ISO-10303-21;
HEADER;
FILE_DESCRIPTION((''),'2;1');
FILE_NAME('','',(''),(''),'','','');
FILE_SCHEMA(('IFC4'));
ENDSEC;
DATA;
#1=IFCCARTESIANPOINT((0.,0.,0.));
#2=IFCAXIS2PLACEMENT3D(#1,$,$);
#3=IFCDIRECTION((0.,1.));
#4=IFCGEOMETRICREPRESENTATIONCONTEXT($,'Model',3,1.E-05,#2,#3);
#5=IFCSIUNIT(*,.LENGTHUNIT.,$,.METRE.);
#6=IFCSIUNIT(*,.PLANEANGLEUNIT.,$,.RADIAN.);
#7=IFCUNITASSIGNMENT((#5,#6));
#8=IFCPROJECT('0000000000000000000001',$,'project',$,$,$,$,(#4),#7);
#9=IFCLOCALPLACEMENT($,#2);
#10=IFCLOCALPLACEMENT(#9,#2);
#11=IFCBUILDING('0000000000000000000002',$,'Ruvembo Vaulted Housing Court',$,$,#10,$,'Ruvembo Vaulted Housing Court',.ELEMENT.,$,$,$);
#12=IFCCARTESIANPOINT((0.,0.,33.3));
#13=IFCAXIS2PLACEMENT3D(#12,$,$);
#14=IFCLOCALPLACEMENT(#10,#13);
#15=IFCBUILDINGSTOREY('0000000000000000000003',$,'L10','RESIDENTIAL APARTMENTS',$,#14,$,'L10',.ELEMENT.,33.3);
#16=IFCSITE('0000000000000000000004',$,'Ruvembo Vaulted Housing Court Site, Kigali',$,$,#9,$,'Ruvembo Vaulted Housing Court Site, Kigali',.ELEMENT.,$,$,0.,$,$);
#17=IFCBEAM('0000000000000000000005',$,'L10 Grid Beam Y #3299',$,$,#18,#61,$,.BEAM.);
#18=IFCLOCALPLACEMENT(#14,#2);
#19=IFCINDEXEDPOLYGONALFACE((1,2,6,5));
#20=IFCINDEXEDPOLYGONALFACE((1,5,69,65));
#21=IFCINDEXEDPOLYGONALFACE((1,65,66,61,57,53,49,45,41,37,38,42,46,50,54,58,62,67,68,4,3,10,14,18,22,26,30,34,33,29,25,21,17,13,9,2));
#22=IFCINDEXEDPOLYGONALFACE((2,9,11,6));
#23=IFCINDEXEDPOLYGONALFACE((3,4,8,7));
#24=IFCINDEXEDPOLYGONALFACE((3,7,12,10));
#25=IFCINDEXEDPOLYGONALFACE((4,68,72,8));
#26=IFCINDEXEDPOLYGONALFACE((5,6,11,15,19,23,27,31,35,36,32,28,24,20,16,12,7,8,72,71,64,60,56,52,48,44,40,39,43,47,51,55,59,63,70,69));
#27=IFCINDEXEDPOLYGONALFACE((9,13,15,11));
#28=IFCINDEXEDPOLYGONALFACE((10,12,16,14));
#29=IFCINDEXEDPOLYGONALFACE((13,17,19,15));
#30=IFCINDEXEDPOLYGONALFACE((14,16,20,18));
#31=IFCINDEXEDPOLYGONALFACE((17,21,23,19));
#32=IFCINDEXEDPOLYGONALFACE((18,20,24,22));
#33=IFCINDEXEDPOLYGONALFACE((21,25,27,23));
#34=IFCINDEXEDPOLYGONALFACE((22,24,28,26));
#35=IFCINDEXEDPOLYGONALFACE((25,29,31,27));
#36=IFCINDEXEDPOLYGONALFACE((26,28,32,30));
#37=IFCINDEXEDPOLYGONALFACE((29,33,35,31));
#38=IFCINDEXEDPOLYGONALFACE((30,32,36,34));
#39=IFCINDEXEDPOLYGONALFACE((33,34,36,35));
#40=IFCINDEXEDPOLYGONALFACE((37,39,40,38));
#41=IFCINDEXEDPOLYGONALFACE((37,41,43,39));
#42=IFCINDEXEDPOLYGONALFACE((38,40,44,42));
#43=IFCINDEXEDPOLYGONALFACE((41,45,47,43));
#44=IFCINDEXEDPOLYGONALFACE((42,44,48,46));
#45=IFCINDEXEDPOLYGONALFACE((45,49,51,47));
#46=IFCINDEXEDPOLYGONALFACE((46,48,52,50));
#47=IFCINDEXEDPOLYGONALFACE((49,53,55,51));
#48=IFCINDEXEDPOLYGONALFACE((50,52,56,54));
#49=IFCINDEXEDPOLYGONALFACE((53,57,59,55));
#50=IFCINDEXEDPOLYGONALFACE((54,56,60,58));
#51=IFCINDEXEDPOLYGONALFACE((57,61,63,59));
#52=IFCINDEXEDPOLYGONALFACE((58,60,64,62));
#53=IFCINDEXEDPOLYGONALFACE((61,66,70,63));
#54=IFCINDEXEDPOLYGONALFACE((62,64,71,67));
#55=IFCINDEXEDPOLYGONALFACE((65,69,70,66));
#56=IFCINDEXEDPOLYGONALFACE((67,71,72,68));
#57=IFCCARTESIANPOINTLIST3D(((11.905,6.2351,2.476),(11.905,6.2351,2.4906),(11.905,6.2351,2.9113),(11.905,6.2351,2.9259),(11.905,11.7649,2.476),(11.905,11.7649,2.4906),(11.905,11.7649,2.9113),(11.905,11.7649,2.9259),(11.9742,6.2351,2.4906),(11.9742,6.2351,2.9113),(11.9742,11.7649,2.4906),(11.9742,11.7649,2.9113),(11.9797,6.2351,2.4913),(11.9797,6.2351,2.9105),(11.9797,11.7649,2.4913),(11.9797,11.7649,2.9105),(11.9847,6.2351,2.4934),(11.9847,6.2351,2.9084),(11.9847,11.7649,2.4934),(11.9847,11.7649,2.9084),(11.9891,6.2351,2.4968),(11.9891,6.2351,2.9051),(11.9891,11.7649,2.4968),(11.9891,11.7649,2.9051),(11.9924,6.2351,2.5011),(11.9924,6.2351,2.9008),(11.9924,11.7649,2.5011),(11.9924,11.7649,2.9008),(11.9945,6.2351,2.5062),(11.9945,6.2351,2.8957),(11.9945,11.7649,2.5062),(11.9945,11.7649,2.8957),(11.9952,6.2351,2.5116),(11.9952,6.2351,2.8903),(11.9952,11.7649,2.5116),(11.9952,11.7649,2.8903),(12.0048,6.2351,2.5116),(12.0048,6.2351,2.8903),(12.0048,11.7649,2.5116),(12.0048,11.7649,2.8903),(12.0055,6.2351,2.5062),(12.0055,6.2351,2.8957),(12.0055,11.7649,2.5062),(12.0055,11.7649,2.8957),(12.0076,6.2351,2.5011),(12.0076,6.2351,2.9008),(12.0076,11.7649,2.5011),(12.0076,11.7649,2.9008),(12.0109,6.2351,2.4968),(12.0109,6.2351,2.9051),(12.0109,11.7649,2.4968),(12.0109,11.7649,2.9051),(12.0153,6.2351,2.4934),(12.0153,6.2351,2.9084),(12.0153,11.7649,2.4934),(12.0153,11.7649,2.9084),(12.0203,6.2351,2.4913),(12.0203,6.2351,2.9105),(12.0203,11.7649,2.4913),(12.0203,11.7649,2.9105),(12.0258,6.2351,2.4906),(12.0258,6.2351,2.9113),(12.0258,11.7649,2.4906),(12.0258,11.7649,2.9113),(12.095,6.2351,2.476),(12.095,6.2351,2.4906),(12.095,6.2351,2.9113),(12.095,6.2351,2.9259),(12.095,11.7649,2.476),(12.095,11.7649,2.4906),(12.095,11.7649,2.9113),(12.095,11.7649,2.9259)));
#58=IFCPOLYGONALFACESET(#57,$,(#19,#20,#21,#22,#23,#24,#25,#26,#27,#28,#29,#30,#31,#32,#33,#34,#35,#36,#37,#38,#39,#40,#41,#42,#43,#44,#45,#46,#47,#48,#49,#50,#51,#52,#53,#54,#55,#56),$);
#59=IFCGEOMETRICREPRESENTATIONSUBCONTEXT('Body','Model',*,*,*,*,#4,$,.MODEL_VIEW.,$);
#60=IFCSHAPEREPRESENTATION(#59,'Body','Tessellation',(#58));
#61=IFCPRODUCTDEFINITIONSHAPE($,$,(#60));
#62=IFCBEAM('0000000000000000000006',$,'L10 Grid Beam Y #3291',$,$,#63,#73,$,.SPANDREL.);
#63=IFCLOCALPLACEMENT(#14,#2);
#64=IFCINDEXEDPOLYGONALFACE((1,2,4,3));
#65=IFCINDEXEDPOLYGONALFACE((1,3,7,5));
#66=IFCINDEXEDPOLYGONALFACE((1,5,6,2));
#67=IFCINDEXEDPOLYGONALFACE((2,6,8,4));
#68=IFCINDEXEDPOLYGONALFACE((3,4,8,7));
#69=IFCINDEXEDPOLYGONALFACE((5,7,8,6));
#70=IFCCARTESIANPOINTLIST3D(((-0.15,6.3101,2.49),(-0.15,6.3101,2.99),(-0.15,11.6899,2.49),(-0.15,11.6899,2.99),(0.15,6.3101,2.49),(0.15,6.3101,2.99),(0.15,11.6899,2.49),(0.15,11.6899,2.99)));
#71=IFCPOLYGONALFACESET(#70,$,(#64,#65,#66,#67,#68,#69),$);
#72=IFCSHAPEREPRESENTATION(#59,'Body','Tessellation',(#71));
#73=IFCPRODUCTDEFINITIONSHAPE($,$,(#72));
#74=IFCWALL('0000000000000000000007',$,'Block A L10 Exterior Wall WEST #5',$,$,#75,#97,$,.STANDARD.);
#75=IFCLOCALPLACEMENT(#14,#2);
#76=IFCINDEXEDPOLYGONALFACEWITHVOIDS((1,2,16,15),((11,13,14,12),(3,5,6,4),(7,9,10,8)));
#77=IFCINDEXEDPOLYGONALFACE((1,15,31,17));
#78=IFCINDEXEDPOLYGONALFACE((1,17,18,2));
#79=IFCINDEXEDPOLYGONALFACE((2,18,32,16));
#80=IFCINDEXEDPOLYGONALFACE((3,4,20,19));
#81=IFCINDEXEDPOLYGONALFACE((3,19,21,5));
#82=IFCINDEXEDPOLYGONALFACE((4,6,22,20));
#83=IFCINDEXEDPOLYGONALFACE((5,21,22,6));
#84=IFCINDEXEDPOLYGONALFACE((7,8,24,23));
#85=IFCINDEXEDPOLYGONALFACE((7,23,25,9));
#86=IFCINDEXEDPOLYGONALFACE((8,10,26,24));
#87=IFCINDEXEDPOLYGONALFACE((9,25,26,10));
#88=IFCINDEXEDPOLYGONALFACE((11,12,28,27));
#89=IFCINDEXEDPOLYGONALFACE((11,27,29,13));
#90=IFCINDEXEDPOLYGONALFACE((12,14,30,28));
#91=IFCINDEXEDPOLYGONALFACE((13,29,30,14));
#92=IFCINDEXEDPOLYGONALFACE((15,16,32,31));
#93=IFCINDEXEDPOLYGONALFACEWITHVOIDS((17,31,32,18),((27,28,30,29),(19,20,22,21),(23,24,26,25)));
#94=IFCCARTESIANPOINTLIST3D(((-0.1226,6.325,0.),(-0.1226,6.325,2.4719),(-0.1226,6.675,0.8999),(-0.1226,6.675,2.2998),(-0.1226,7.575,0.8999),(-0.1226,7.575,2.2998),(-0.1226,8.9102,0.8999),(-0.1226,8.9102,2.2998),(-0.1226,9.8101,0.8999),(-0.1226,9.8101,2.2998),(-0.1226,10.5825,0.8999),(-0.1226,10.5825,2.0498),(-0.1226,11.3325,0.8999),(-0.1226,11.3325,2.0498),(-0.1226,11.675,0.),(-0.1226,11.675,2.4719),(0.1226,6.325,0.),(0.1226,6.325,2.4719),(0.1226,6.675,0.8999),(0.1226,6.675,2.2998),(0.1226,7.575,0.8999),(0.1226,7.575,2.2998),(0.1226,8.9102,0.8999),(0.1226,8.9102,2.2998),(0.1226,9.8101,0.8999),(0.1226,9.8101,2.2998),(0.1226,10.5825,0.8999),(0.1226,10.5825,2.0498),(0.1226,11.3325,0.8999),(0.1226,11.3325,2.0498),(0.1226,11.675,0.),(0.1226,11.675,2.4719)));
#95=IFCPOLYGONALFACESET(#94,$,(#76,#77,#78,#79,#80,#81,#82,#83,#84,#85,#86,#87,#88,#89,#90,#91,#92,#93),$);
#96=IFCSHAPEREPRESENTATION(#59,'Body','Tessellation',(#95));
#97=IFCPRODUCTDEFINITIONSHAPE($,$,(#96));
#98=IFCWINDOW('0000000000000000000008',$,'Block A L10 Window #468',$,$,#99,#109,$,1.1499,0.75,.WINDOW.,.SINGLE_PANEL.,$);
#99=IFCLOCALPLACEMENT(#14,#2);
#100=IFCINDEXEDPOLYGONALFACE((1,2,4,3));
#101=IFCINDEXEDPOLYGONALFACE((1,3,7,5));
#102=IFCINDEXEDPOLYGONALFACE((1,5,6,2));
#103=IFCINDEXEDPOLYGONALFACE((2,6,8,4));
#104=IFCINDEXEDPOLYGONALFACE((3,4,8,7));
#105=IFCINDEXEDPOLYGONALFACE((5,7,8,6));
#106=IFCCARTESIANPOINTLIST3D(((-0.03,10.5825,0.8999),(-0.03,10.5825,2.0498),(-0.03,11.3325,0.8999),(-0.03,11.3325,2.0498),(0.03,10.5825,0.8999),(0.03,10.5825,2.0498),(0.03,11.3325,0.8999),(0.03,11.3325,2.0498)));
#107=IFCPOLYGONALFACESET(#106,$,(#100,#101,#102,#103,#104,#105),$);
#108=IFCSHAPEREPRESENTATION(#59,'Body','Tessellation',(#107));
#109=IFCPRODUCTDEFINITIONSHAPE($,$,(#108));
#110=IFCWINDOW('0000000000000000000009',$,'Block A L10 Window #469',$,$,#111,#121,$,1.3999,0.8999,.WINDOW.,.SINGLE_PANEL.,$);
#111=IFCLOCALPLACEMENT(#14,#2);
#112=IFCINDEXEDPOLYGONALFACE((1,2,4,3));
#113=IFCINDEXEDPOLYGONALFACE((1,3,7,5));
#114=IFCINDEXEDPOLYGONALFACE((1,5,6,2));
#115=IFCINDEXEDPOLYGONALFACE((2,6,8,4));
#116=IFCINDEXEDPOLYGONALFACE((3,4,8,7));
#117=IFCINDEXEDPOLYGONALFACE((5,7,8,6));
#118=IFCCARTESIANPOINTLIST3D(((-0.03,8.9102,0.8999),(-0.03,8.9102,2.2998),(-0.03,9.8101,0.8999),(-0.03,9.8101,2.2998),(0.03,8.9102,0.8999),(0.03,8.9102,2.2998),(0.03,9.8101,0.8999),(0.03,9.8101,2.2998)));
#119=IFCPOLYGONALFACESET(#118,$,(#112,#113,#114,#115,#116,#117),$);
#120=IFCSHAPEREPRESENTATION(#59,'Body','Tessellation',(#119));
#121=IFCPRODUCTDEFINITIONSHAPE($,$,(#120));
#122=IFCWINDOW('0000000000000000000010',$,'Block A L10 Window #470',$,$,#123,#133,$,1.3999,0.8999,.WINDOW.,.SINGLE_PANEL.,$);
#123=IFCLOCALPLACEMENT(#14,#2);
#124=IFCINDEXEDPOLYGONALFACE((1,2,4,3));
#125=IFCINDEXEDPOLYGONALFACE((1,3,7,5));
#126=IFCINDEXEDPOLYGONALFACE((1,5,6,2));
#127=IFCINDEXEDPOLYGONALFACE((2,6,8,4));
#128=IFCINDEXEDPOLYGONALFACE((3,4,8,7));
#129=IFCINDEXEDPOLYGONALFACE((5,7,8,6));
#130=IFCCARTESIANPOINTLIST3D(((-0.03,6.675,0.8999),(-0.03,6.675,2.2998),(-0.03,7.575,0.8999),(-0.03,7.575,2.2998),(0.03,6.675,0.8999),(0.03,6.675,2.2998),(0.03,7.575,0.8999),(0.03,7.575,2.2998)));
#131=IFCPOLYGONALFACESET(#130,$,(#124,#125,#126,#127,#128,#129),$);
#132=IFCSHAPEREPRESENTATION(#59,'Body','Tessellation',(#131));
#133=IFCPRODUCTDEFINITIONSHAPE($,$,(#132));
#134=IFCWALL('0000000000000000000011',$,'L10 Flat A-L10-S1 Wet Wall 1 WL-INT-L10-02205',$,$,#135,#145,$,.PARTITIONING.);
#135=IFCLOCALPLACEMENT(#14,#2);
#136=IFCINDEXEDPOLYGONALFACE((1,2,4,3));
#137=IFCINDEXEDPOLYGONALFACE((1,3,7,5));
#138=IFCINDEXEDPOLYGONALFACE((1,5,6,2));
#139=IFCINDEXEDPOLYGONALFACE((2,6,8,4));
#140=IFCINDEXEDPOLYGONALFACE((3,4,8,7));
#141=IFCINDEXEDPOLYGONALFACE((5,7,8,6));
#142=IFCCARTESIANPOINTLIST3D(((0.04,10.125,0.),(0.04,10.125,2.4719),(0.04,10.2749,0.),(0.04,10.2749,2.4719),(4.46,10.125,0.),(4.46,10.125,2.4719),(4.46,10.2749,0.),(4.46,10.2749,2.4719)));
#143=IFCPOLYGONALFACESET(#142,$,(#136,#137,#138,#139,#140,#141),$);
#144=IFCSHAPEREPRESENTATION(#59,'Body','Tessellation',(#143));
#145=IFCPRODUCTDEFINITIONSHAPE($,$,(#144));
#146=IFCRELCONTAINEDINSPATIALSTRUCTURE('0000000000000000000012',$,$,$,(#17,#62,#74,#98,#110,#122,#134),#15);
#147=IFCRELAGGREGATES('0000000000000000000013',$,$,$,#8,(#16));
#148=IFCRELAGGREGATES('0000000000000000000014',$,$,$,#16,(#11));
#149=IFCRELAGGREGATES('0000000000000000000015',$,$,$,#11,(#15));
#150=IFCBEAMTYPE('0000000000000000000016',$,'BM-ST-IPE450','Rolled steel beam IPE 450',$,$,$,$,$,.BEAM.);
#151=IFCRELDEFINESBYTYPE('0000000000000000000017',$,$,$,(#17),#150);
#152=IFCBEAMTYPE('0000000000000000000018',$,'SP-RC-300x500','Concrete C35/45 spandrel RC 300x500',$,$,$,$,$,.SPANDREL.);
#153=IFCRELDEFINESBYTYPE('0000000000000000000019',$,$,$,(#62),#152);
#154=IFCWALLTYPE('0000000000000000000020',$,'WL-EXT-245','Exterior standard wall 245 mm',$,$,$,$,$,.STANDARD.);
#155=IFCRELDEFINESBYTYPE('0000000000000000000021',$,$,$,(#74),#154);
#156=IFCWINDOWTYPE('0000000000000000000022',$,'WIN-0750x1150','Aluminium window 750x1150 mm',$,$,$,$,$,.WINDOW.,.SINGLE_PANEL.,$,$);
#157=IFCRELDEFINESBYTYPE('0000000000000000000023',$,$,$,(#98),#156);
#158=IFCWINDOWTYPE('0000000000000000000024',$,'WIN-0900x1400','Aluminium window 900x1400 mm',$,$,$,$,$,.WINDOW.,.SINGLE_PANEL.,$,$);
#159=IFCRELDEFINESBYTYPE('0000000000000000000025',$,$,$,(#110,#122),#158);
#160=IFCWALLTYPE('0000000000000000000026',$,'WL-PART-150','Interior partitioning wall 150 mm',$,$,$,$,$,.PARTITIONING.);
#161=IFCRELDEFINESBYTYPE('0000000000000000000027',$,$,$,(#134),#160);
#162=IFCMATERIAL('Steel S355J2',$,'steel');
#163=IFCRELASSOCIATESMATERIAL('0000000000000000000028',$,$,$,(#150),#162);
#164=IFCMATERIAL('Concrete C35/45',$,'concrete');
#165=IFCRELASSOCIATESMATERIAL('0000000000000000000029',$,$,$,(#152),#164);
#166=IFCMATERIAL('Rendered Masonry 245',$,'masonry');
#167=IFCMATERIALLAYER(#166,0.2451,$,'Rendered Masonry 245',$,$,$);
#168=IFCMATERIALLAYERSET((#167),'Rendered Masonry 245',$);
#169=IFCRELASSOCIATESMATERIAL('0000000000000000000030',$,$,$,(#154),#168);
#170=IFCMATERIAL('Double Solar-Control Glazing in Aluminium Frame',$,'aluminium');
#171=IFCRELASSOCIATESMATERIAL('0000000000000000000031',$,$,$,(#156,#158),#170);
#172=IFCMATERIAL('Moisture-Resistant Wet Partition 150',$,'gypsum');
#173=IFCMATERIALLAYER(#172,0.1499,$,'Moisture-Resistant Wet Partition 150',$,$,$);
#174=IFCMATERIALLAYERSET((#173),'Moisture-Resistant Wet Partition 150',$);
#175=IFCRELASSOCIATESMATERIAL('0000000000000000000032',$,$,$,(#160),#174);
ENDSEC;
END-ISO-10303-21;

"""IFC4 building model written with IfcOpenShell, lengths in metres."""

from ifc_helpers import new_model, si_unit, direction, frame, frame_2d, origin, origin_2d, place, context, subcontext, project, spatial, rectangle, i_section, extrude, material, layer, layer_set, material_profile, profile_set, type_object, element, fill, save


model = new_model("IFC4")

# Units and contexts
model_context = context("Model", 3, precision=1e-05, world=origin(), true_north=direction((0.0, 1.0)))
body_context = subcontext(model_context, "Body", "Model", "MODEL_VIEW")
ifc_project = project(units=[si_unit("LENGTHUNIT", "METRE"), si_unit("PLANEANGLEUNIT", "RADIAN")], contexts=[model_context])

# Site, building, storey
site_placement = place(None, origin())
site = spatial("IfcSite", under=ifc_project, at=site_placement, Name="Ruvembo Vaulted Housing Court Site, Kigali", LongName="Ruvembo Vaulted Housing Court Site, Kigali", CompositionType="ELEMENT", RefElevation=0.0)
building_placement = place(site_placement, origin())
building = spatial("IfcBuilding", under=site, at=building_placement, Name="Ruvembo Vaulted Housing Court", LongName="Ruvembo Vaulted Housing Court", CompositionType="ELEMENT")
storey_placement = place(building_placement, frame((0.0, 0.0, 33.3)))
storey = spatial("IfcBuildingStorey", under=building, at=storey_placement, Name="L10", Description="RESIDENTIAL APARTMENTS", LongName="L10", CompositionType="ELEMENT", Elevation=33.3)

# Shared definitions
ifc_material_1 = material(Name="Concrete C35/45", Category="concrete")

# Beams
ifc_material_2 = material(Name="Steel S355J2", Category="steel")
ifc_material_profile_1 = material_profile(ifc_material_2, i_section(OverallWidth=0.1899, OverallDepth=0.45, WebThickness=0.0095, FlangeThickness=0.0146, FilletRadius=0.021, at=origin_2d()), Name="IPE 450")
ifc_profile_set_1 = profile_set([ifc_material_profile_1], Name="Steel S355J2")
beam_type_1 = type_object("IfcBeamType", Name="BM-ST-IPE450", Description="Rolled steel beam IPE 450", PredefinedType="BEAM", material=ifc_profile_set_1)
beam_1_placement = place(storey_placement, frame((12.0, 6.2351, 2.7009), z_axis=(0.0, 1.0, 0.0), x_axis=(-1.0, 0.0, 0.0)))
element("IfcBeam", 1, at=beam_1_placement, inside=storey, type_object=beam_type_1, Name="L10 Grid Beam Y #3299", PredefinedType="BEAM", context=body_context, shape_type="SweptSolid", body=[
    extrude(i_section(OverallWidth=0.1899, OverallDepth=0.45, WebThickness=0.0095, FlangeThickness=0.0146, FilletRadius=0.021, at=origin_2d()), origin(), (0.0, 0.0, 1.0), 5.5298),
])
ifc_material_profile_2 = material_profile(ifc_material_1, rectangle(XDim=0.3, YDim=0.5, at=origin_2d()), Name="RC 300x500")
ifc_profile_set_2 = profile_set([ifc_material_profile_2], Name="Concrete C35/45")
beam_type_2 = type_object("IfcBeamType", Name="SP-RC-300x500", Description="Concrete C35/45 spandrel RC 300x500", PredefinedType="SPANDREL", material=ifc_profile_set_2)
beam_2_placement = place(storey_placement, frame((0.0, 6.3101, 2.74), z_axis=(0.0, 1.0, 0.0), x_axis=(-1.0, 0.0, 0.0)))
element("IfcBeam", 2, at=beam_2_placement, inside=storey, type_object=beam_type_2, Name="L10 Grid Beam Y #3291", PredefinedType="SPANDREL", context=body_context, shape_type="SweptSolid", body=[
    extrude(rectangle(XDim=0.3, YDim=0.5, at=origin_2d()), origin(), (0.0, 0.0, 1.0), 5.3799),
])

# Wall, openings, windows
ifc_material_3 = material(Name="Rendered Masonry 245", Category="masonry")
ifc_layer_1 = layer(ifc_material_3, 0.2451, Name="Rendered Masonry 245")
ifc_layer_set_1 = layer_set([ifc_layer_1], Name="Rendered Masonry 245")
wall_type_1 = type_object("IfcWallType", Name="WL-EXT-245", Description="Exterior standard wall 245 mm", PredefinedType="STANDARD", material=ifc_layer_set_1)
wall_1_placement = place(storey_placement, frame((0.0, 11.675, 0.0), z_axis=(0.0, 0.0, 1.0), x_axis=(0.0, -1.0, 0.0)))
wall_1 = element("IfcWall", 3, at=wall_1_placement, inside=storey, type_object=wall_type_1, Name="Block A L10 Exterior Wall WEST #5", PredefinedType="STANDARD", context=body_context, shape_type="SweptSolid", body=[
    extrude(rectangle(XDim=5.3501, YDim=0.2451, at=frame_2d((2.675, 0.0))), origin(), (0.0, 0.0, 1.0), 2.4719),
])
opening_1_placement = place(wall_1_placement, frame((0.3425, 0.0, 0.8999)))
opening_1 = element("IfcOpeningElement", 4, at=opening_1_placement, cuts=wall_1, PredefinedType="OPENING", context=body_context, shape_type="SweptSolid", body=[
    extrude(rectangle(XDim=0.75, YDim=1.1499, at=frame_2d((0.375, 0.575))), frame((0.0, 0.1326, 0.0), z_axis=(0.0, -1.0, 0.0), x_axis=(1.0, 0.0, 0.0)), (0.0, 0.0, 1.0), 0.2651),
])
opening_2_placement = place(wall_1_placement, frame((1.865, 0.0, 0.8999)))
opening_2 = element("IfcOpeningElement", 5, at=opening_2_placement, cuts=wall_1, PredefinedType="OPENING", context=body_context, shape_type="SweptSolid", body=[
    extrude(rectangle(XDim=0.8999, YDim=1.3999, at=frame_2d((0.45, 0.7))), frame((0.0, 0.1326, 0.0), z_axis=(0.0, -1.0, 0.0), x_axis=(1.0, 0.0, 0.0)), (0.0, 0.0, 1.0), 0.2651),
])
opening_3_placement = place(wall_1_placement, frame((4.1001, 0.0, 0.8999)))
opening_3 = element("IfcOpeningElement", 6, at=opening_3_placement, cuts=wall_1, PredefinedType="OPENING", context=body_context, shape_type="SweptSolid", body=[
    extrude(rectangle(XDim=0.8999, YDim=1.3999, at=frame_2d((0.45, 0.7))), frame((0.0, 0.1326, 0.0), z_axis=(0.0, -1.0, 0.0), x_axis=(1.0, 0.0, 0.0)), (0.0, 0.0, 1.0), 0.2651),
])
ifc_material_4 = material(Name="Double Solar-Control Glazing in Aluminium Frame", Category="aluminium")
window_type_1 = type_object("IfcWindowType", Name="WIN-0750x1150", Description="Aluminium window 750x1150 mm", PartitioningType="SINGLE_PANEL", PredefinedType="WINDOW", material=ifc_material_4)
window_1_placement = place(opening_1_placement, origin())
window_1 = element("IfcWindow", 7, at=window_1_placement, inside=storey, type_object=window_type_1, Name="Block A L10 Window #468", OverallHeight=1.1499, OverallWidth=0.75, PartitioningType="SINGLE_PANEL", PredefinedType="WINDOW", context=body_context, shape_type="SweptSolid", body=[
    extrude(rectangle(XDim=0.75, YDim=1.1499, at=frame_2d((0.375, 0.575))), frame((0.0, 0.03, 0.0), z_axis=(0.0, -1.0, 0.0), x_axis=(1.0, 0.0, 0.0)), (0.0, 0.0, 1.0), 0.0601),
])
fill(opening_1, window_1)
window_type_2 = type_object("IfcWindowType", Name="WIN-0900x1400", Description="Aluminium window 900x1400 mm", PartitioningType="SINGLE_PANEL", PredefinedType="WINDOW", material=ifc_material_4)
window_2_placement = place(opening_2_placement, origin())
window_2 = element("IfcWindow", 8, at=window_2_placement, inside=storey, type_object=window_type_2, Name="Block A L10 Window #469", OverallHeight=1.3999, OverallWidth=0.8999, PartitioningType="SINGLE_PANEL", PredefinedType="WINDOW", context=body_context, shape_type="SweptSolid", body=[
    extrude(rectangle(XDim=0.8999, YDim=1.3999, at=frame_2d((0.45, 0.7))), frame((0.0, 0.03, 0.0), z_axis=(0.0, -1.0, 0.0), x_axis=(1.0, 0.0, 0.0)), (0.0, 0.0, 1.0), 0.0601),
])
fill(opening_2, window_2)
window_3_placement = place(opening_3_placement, origin())
window_3 = element("IfcWindow", 9, at=window_3_placement, inside=storey, type_object=window_type_2, Name="Block A L10 Window #470", OverallHeight=1.3999, OverallWidth=0.8999, PartitioningType="SINGLE_PANEL", PredefinedType="WINDOW", context=body_context, shape_type="SweptSolid", body=[
    extrude(rectangle(XDim=0.8999, YDim=1.3999, at=frame_2d((0.45, 0.7))), frame((0.0, 0.03, 0.0), z_axis=(0.0, -1.0, 0.0), x_axis=(1.0, 0.0, 0.0)), (0.0, 0.0, 1.0), 0.0601),
])
fill(opening_3, window_3)

# Wall
ifc_material_5 = material(Name="Moisture-Resistant Wet Partition 150", Category="gypsum")
ifc_layer_2 = layer(ifc_material_5, 0.1499, Name="Moisture-Resistant Wet Partition 150")
ifc_layer_set_2 = layer_set([ifc_layer_2], Name="Moisture-Resistant Wet Partition 150")
wall_type_2 = type_object("IfcWallType", Name="WL-PART-150", Description="Interior partitioning wall 150 mm", PredefinedType="PARTITIONING", material=ifc_layer_set_2)
wall_2_placement = place(storey_placement, frame((0.04, 10.2, 0.0), z_axis=(0.0, 0.0, 1.0), x_axis=(1.0, 0.0, 0.0)))
element("IfcWall", 10, at=wall_2_placement, inside=storey, type_object=wall_type_2, Name="L10 Flat A-L10-S1 Wet Wall 1 WL-INT-L10-02205", PredefinedType="PARTITIONING", context=body_context, shape_type="SweptSolid", body=[
    extrude(rectangle(XDim=4.4199, YDim=0.1499, at=frame_2d((2.21, 0.0))), origin(), (0.0, 0.0, 1.0), 2.4719),
])

save(model, "model.ifc")
